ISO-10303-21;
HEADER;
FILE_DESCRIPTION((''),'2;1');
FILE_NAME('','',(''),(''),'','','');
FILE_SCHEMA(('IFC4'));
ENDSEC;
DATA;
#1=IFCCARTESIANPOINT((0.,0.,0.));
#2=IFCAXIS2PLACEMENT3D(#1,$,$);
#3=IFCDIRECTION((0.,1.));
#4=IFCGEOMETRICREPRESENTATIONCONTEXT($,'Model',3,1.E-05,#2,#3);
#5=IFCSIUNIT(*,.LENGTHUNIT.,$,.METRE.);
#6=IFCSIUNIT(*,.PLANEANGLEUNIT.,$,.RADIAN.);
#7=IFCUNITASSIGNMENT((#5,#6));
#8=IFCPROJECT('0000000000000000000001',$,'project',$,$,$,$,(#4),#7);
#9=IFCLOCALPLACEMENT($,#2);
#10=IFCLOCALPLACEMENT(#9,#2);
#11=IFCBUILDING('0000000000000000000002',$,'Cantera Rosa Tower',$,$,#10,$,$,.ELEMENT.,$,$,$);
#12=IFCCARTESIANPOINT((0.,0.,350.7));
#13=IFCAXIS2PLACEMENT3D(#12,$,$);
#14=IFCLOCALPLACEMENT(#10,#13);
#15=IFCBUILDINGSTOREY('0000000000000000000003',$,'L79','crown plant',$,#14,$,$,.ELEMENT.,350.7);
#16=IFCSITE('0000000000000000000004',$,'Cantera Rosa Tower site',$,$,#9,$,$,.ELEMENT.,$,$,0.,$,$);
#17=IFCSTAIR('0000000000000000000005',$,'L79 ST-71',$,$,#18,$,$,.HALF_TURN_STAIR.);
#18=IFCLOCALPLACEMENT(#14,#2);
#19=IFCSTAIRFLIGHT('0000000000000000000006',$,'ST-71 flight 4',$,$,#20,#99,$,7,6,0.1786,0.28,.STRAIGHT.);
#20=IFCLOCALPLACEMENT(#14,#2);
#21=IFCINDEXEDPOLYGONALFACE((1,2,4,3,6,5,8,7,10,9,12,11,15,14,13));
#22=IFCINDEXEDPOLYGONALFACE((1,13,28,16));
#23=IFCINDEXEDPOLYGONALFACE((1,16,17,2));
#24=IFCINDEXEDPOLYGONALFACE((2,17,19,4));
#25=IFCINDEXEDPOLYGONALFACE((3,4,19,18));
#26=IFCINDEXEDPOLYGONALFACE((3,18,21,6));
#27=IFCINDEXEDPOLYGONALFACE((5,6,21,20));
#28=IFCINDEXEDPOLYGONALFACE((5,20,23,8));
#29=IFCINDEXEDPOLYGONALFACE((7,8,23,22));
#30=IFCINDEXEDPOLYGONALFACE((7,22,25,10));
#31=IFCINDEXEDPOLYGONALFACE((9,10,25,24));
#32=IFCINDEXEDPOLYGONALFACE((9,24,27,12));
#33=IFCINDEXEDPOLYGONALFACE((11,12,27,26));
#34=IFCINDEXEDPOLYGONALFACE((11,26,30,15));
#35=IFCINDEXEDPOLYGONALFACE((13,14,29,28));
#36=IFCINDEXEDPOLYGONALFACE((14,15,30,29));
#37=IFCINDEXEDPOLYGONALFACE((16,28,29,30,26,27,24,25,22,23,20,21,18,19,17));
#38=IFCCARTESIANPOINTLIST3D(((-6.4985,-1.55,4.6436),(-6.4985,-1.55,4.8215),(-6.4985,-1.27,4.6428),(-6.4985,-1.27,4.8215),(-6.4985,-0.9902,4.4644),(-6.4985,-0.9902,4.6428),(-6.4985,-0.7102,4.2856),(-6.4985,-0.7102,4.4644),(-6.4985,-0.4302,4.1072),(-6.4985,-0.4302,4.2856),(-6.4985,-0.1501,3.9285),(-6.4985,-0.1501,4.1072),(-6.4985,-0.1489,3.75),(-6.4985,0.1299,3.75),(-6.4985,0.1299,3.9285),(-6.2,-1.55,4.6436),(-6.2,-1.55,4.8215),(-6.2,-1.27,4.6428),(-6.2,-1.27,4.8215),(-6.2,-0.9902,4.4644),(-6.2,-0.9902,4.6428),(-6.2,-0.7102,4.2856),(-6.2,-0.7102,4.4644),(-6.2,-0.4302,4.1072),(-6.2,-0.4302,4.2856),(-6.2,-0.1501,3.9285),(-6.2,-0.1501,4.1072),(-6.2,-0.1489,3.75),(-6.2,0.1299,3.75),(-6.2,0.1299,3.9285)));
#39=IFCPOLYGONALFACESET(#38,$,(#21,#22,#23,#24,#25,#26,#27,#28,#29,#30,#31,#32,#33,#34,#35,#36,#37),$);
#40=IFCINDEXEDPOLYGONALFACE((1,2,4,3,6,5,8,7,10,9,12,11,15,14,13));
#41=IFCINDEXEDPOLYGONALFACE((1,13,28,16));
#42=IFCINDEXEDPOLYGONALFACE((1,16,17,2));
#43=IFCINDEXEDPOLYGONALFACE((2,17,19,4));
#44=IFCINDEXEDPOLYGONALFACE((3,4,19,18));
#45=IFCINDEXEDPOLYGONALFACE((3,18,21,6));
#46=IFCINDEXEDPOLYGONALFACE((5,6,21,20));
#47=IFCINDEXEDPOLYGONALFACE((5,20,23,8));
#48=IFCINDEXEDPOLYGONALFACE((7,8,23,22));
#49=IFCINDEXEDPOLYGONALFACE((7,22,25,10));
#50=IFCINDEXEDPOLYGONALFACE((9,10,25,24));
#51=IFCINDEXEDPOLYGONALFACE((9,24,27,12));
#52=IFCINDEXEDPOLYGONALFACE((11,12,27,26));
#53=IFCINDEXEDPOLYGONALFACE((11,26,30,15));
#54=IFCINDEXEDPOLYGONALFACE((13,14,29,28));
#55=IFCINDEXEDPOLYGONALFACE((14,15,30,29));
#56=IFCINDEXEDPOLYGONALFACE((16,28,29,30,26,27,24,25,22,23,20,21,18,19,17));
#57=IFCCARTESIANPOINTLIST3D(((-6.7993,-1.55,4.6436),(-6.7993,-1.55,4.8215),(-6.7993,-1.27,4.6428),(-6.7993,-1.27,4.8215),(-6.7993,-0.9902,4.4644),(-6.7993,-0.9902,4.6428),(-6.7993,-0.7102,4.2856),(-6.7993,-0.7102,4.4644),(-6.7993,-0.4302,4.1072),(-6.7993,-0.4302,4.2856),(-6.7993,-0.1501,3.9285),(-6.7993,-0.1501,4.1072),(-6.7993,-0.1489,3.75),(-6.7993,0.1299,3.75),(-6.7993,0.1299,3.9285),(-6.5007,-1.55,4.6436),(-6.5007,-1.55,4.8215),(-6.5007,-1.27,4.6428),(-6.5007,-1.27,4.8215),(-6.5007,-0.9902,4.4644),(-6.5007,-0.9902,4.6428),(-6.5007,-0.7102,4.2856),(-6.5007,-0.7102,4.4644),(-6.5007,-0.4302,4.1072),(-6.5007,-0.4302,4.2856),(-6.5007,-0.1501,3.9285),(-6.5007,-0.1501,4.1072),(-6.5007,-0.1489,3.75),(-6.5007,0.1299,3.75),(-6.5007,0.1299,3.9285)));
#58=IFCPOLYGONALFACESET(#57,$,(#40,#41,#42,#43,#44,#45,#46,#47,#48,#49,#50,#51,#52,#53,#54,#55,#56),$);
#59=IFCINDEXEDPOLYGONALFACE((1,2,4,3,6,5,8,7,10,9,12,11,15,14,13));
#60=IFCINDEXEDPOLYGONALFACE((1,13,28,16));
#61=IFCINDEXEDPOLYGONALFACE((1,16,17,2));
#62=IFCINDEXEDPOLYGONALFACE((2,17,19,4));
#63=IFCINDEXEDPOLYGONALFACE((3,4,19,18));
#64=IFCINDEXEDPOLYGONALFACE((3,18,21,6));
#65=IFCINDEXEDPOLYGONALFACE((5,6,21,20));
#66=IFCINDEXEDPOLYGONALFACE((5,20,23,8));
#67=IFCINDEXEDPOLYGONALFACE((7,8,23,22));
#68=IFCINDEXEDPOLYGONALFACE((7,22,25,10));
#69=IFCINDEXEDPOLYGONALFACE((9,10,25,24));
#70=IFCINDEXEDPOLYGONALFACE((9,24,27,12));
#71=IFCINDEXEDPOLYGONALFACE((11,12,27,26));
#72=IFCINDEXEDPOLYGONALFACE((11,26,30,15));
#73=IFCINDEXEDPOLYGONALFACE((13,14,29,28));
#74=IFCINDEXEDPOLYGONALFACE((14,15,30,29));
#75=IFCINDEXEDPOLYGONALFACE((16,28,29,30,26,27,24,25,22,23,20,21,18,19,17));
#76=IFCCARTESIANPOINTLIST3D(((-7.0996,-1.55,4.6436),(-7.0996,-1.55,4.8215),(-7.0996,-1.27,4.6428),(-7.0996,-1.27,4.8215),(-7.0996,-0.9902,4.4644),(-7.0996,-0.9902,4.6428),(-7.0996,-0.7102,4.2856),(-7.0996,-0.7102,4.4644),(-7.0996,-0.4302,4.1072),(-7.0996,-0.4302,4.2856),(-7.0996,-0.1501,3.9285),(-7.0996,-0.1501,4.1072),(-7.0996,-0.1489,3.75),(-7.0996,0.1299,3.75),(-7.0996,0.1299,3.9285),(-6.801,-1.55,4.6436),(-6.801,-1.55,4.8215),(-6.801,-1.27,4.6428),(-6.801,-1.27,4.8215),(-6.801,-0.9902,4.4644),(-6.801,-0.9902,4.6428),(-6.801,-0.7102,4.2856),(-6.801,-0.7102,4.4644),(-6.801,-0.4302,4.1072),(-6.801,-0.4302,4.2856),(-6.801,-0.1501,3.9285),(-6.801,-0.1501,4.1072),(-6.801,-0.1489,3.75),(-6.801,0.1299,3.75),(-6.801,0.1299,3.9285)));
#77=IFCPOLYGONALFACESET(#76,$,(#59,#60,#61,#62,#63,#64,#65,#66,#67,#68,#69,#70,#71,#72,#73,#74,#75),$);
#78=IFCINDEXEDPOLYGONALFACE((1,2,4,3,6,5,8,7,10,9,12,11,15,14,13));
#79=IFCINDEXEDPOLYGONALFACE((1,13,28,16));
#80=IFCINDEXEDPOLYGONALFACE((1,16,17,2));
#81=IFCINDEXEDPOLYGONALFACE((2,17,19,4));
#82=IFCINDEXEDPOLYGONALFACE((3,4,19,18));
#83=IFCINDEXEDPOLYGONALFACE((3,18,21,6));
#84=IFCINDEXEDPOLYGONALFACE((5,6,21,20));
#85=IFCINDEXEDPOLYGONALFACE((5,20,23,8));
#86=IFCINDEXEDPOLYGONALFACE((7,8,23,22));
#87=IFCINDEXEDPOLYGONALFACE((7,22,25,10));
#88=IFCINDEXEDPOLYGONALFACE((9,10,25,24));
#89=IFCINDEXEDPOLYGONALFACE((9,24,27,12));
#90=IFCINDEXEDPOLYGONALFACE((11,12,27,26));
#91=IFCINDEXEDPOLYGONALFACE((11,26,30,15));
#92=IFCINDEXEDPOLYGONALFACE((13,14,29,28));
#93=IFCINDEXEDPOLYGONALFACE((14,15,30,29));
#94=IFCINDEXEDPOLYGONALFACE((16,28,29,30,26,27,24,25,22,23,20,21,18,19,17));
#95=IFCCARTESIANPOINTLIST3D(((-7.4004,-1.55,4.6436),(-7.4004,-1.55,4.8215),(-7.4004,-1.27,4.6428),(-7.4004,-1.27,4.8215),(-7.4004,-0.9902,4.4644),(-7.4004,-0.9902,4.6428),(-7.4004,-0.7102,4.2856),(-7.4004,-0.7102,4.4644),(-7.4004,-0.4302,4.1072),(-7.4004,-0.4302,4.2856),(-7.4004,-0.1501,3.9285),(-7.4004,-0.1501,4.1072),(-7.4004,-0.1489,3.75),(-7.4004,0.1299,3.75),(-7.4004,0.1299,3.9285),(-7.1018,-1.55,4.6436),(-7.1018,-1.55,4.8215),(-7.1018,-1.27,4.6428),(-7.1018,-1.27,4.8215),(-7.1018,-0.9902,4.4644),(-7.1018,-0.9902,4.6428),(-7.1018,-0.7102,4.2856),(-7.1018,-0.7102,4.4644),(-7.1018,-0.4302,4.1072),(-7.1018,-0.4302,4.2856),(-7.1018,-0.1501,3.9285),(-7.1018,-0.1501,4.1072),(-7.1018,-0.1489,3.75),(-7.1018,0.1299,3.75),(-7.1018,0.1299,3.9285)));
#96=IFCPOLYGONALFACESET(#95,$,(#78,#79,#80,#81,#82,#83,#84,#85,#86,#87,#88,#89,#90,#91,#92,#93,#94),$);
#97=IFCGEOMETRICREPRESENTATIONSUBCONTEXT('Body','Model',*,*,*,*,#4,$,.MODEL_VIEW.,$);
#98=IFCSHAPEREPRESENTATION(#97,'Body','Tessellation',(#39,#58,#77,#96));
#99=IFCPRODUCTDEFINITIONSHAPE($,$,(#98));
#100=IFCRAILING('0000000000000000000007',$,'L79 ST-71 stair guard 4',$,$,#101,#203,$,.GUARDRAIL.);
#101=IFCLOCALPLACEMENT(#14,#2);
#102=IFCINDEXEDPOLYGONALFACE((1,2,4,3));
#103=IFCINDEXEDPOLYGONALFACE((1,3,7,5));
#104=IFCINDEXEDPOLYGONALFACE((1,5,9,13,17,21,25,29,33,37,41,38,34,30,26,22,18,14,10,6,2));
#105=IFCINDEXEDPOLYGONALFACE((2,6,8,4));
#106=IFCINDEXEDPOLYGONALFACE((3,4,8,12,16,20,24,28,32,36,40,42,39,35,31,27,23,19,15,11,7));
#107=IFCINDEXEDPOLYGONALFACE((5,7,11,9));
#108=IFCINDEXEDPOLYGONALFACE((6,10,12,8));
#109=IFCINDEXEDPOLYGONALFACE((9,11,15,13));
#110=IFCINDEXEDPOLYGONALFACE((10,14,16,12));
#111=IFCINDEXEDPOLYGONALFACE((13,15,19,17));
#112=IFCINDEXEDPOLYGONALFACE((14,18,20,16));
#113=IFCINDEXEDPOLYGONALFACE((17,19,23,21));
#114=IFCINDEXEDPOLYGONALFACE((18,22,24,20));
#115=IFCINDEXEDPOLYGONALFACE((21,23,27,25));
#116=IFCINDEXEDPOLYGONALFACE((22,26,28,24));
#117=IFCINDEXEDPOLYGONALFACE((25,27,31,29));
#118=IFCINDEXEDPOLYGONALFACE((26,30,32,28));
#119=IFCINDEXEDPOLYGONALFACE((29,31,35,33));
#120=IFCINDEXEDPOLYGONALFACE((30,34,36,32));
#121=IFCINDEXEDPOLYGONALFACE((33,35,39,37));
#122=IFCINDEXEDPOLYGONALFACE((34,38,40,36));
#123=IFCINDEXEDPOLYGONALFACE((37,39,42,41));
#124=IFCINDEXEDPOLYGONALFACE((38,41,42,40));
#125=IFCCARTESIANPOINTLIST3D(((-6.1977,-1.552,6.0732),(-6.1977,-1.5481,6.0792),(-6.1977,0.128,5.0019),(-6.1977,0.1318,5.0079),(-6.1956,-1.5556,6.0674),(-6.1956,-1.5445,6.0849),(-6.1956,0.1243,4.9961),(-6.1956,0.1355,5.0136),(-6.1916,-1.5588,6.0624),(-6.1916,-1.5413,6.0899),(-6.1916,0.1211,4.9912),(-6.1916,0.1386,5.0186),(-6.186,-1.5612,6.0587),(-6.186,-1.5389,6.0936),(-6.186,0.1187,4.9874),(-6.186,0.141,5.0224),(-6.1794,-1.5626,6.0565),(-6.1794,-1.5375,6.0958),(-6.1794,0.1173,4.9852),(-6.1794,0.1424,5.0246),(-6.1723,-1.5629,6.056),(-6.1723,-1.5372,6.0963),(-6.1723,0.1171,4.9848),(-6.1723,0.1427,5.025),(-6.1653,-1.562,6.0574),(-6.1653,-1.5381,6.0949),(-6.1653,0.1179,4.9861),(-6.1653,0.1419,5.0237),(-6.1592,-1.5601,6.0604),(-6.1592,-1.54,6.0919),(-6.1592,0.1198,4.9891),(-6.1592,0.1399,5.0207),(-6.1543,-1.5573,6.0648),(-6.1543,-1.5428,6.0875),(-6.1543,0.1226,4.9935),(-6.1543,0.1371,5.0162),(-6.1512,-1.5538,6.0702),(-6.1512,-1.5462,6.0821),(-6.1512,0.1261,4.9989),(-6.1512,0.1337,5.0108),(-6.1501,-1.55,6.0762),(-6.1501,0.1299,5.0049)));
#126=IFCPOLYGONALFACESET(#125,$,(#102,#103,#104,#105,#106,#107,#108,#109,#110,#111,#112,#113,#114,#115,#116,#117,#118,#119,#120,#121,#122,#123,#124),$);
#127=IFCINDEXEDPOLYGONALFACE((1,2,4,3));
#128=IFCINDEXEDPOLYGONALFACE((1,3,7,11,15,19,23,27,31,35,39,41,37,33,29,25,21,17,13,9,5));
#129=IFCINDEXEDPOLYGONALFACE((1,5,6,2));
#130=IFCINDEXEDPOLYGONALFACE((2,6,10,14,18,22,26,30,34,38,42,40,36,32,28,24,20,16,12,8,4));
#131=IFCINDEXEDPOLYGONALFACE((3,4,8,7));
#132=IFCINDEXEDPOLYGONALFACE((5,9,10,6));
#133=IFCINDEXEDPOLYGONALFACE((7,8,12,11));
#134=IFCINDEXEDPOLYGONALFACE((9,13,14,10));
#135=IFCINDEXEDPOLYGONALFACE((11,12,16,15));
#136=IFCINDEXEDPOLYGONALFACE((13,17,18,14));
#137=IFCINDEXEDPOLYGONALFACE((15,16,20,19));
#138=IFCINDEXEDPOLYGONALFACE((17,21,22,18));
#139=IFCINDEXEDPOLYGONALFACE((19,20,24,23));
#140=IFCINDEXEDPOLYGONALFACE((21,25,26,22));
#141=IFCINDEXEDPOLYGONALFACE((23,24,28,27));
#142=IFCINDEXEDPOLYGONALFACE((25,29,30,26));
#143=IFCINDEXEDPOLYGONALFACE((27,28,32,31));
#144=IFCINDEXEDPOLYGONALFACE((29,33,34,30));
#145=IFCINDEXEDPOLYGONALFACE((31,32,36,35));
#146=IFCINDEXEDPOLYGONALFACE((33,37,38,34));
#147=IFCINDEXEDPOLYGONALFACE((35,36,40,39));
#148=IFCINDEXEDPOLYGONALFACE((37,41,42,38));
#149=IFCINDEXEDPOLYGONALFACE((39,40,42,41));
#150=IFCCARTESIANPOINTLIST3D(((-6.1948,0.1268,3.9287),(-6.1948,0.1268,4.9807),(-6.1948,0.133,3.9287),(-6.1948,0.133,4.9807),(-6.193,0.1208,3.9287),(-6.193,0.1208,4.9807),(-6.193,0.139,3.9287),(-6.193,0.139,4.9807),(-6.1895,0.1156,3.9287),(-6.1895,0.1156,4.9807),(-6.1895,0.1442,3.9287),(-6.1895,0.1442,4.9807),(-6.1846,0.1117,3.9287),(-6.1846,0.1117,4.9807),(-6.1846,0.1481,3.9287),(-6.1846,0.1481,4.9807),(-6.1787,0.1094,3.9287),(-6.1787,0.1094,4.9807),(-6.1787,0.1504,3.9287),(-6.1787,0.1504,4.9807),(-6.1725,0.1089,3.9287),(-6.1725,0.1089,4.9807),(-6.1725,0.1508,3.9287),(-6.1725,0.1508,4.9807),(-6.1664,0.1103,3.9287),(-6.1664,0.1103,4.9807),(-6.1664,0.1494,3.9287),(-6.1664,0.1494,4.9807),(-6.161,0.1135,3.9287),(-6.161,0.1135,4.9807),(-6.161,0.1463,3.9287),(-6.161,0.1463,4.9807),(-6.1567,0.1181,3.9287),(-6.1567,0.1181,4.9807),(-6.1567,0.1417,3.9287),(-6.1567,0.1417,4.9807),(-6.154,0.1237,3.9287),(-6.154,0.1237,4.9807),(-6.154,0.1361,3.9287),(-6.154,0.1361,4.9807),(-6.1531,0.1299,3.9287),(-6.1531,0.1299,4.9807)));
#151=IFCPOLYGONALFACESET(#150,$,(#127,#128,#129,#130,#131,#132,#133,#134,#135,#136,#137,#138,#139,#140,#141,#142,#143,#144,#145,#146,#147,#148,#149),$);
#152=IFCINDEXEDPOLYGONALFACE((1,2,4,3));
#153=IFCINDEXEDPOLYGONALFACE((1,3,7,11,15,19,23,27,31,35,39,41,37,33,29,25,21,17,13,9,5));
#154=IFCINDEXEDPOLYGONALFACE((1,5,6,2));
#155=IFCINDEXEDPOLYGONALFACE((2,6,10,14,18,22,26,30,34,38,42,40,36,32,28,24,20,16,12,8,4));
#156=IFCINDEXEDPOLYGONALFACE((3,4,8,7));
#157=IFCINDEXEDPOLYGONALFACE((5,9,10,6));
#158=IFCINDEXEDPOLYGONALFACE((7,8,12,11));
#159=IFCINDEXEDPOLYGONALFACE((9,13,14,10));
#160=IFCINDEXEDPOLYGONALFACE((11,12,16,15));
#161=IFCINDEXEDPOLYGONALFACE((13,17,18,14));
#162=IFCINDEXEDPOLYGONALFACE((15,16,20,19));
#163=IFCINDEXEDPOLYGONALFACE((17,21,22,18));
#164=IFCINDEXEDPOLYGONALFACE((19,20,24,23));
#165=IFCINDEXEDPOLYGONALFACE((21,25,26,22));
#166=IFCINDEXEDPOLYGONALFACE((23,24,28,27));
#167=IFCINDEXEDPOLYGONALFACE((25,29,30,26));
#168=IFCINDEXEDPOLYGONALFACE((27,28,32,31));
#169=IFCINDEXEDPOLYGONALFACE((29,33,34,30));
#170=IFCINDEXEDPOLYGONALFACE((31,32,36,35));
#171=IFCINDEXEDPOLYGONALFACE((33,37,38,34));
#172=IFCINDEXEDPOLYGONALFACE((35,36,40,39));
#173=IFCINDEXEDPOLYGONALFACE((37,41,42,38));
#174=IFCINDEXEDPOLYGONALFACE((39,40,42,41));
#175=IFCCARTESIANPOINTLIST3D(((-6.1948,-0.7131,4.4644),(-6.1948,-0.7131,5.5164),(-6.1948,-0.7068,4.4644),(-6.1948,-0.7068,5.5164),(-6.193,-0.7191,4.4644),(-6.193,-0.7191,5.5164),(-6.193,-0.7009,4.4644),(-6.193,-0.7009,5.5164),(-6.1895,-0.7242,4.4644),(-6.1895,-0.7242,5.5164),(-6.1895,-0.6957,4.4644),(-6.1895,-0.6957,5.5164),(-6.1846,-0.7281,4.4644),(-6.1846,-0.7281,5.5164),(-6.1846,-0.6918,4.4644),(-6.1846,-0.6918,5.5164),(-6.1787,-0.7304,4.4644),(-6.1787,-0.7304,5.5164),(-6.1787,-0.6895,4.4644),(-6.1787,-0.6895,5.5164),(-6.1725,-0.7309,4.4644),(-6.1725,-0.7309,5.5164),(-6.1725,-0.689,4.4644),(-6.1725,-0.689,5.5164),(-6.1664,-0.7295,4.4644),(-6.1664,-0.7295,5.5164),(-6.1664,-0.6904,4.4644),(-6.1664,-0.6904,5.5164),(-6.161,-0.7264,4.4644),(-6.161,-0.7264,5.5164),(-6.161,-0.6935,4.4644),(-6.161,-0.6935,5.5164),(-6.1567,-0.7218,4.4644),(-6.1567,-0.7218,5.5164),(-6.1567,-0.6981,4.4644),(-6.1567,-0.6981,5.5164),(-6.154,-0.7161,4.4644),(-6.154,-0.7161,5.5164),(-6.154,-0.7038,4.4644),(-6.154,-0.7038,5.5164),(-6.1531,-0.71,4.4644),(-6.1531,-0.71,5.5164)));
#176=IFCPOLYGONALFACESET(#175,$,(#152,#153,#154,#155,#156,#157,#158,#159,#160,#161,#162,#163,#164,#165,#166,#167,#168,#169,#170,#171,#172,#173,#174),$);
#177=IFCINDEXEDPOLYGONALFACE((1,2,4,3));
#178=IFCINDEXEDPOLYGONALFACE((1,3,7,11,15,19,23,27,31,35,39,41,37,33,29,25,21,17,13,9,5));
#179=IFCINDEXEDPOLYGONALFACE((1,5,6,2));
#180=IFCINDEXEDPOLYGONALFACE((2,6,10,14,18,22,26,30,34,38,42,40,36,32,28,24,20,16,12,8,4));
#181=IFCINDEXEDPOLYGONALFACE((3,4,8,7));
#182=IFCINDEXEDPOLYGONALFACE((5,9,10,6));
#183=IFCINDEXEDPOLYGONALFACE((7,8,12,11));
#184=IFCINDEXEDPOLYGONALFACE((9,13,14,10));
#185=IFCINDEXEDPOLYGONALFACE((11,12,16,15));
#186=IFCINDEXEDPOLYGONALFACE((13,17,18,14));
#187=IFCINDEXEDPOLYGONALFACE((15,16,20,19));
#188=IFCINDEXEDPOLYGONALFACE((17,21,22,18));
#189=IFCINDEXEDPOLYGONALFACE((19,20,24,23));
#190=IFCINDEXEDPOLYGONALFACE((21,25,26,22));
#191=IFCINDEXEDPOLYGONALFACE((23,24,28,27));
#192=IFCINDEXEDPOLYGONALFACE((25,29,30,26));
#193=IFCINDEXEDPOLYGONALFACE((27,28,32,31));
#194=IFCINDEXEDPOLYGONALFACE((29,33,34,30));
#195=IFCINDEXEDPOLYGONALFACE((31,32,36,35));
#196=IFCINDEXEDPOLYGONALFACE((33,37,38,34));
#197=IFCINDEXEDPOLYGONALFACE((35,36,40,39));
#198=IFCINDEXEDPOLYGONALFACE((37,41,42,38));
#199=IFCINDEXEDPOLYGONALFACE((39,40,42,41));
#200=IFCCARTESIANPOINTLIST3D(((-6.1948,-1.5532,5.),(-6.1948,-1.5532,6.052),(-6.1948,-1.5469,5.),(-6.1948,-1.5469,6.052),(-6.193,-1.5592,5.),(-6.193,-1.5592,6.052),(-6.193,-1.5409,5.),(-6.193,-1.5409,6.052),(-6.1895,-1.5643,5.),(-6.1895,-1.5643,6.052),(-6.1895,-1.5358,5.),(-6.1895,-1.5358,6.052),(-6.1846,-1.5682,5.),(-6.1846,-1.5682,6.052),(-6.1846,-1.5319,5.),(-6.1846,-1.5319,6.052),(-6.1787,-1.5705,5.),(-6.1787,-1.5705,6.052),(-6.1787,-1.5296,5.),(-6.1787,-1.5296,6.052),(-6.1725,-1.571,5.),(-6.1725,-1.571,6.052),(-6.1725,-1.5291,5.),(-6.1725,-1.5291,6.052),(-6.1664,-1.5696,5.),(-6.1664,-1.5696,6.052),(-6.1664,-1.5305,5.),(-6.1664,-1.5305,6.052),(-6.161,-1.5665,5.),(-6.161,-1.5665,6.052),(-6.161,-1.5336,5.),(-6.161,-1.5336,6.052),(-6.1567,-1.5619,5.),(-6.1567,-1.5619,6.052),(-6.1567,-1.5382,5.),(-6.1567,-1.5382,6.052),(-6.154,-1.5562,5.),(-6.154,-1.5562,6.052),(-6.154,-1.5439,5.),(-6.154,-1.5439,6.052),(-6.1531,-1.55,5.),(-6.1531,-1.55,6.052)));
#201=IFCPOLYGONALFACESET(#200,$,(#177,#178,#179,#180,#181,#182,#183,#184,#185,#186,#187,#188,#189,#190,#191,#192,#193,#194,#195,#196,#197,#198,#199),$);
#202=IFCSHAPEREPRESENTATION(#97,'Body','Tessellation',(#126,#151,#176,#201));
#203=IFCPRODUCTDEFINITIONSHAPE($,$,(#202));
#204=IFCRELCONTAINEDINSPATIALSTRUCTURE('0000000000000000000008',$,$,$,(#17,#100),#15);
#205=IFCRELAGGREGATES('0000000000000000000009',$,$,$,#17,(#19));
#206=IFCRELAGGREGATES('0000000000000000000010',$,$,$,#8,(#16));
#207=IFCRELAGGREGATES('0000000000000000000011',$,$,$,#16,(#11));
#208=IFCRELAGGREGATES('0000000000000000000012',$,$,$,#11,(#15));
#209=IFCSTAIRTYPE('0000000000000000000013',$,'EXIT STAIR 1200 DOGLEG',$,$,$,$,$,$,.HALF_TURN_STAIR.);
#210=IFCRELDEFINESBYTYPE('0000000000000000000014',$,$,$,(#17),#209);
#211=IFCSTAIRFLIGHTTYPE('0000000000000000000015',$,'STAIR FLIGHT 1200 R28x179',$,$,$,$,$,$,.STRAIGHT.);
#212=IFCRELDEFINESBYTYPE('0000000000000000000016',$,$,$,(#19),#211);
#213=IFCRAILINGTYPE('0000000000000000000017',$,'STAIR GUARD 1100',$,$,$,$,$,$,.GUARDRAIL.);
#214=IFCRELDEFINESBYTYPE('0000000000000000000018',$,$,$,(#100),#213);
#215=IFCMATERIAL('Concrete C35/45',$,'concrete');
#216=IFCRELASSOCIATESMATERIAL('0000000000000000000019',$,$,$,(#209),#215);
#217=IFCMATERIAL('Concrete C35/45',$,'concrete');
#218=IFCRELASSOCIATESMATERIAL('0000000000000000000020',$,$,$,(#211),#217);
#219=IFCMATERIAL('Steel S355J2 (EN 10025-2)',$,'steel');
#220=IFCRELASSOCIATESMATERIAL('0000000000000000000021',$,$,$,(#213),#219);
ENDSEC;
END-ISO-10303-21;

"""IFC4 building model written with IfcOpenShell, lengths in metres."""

from ifc_helpers import new_model, si_unit, direction, frame, origin, origin_2d, place, context, subcontext, project, spatial, polyline, circle, outline, extrude, material, type_object, element, aggregate, save


model = new_model("IFC4")

# Units and contexts
model_context = context("Model", 3, precision=1e-05, world=origin(), true_north=direction((0.0, 1.0)))
body_context = subcontext(model_context, "Body", "Model", "MODEL_VIEW")
ifc_project = project(units=[si_unit("LENGTHUNIT", "METRE"), si_unit("PLANEANGLEUNIT", "RADIAN")], contexts=[model_context])

# Site, building, storey
site_placement = place(None, origin())
site = spatial("IfcSite", under=ifc_project, at=site_placement, Name="Cantera Rosa Tower site", CompositionType="ELEMENT", RefElevation=0.0)
building_placement = place(site_placement, origin())
building = spatial("IfcBuilding", under=site, at=building_placement, Name="Cantera Rosa Tower", CompositionType="ELEMENT")
storey_placement = place(building_placement, frame((0.0, 0.0, 350.7)))
storey = spatial("IfcBuildingStorey", under=building, at=storey_placement, Name="L79", Description="crown plant", CompositionType="ELEMENT", Elevation=350.7)

# Stair, stair flight
ifc_material_1 = material(Name="Concrete C35/45", Category="concrete")
stair_type = type_object("IfcStairType", Name="EXIT STAIR 1200 DOGLEG", PredefinedType="HALF_TURN_STAIR", material=ifc_material_1)
stair_placement = place(storey_placement, origin())
stair = element("IfcStair", 1, at=stair_placement, inside=storey, type_object=stair_type, Name="L79 ST-71", PredefinedType="HALF_TURN_STAIR")
ifc_material_2 = material(Name="Concrete C35/45", Category="concrete")
stair_flight_type = type_object("IfcStairFlightType", Name="STAIR FLIGHT 1200 R28x179", PredefinedType="STRAIGHT", material=ifc_material_2)
stair_flight_1_placement = place(storey_placement, frame((-6.8, 0.1299, 3.75), z_axis=(0.0, 0.0, 1.0), x_axis=(0.0, -1.0, 0.0)))
stair_flight_1 = element("IfcStairFlight", 2, at=stair_flight_1_placement, type_object=stair_flight_type, Name="ST-71 flight 4", NumberOfRisers=7, NumberOfTreads=6, PredefinedType="STRAIGHT", RiserHeight=0.1786, TreadLength=0.28, context=body_context, shape_type="SweptSolid", body=[
    extrude(outline(polyline([(0.0, 0.0), (0.0, 0.1785), (0.28, 0.1785), (0.28, 0.3572), (0.5601, 0.3572), (0.5601, 0.5356), (0.8401, 0.5356), (0.8401, 0.7144), (1.1201, 0.7144), (1.1201, 0.8928), (1.3999, 0.8928), (1.3999, 1.0715), (1.6799, 1.0715), (1.6799, 1.25), (1.6799, 0.8936), (0.2788, 0.0), (0.0, 0.0)])), frame((0.0, 0.6001, 0.0), z_axis=(0.0, -1.0, 0.0), x_axis=(1.0, 0.0, 0.0)), (0.0, 0.0, 1.0), 0.2986),
    extrude(outline(polyline([(0.0, 0.0), (0.0, 0.1785), (0.28, 0.1785), (0.28, 0.3572), (0.5601, 0.3572), (0.5601, 0.5356), (0.8401, 0.5356), (0.8401, 0.7144), (1.1201, 0.7144), (1.1201, 0.8928), (1.3999, 0.8928), (1.3999, 1.0715), (1.6799, 1.0715), (1.6799, 1.25), (1.6799, 0.8936), (0.2788, 0.0), (0.0, 0.0)])), frame((0.0, 0.2993, 0.0), z_axis=(0.0, -1.0, 0.0), x_axis=(1.0, 0.0, 0.0)), (0.0, 0.0, 1.0), 0.2986),
    extrude(outline(polyline([(0.0, 0.0), (0.0, 0.1785), (0.28, 0.1785), (0.28, 0.3572), (0.5601, 0.3572), (0.5601, 0.5356), (0.8401, 0.5356), (0.8401, 0.7144), (1.1201, 0.7144), (1.1201, 0.8928), (1.3999, 0.8928), (1.3999, 1.0715), (1.6799, 1.0715), (1.6799, 1.25), (1.6799, 0.8936), (0.2788, 0.0), (0.0, 0.0)])), frame((0.0, -0.001, 0.0), z_axis=(0.0, -1.0, 0.0), x_axis=(1.0, 0.0, 0.0)), (0.0, 0.0, 1.0), 0.2986),
    extrude(outline(polyline([(0.0, 0.0), (0.0, 0.1785), (0.28, 0.1785), (0.28, 0.3572), (0.5601, 0.3572), (0.5601, 0.5356), (0.8401, 0.5356), (0.8401, 0.7144), (1.1201, 0.7144), (1.1201, 0.8928), (1.3999, 0.8928), (1.3999, 1.0715), (1.6799, 1.0715), (1.6799, 1.25), (1.6799, 0.8936), (0.2788, 0.0), (0.0, 0.0)])), frame((0.0, -0.3018, 0.0), z_axis=(0.0, -1.0, 0.0), x_axis=(1.0, 0.0, 0.0)), (0.0, 0.0, 1.0), 0.2986),
])
aggregate(stair, [stair_flight_1])

# Railing
ifc_material_3 = material(Name="Steel S355J2 (EN 10025-2)", Category="steel")
railing_type_1 = type_object("IfcRailingType", Name="STAIR GUARD 1100", PredefinedType="GUARDRAIL", material=ifc_material_3)
railing_1_placement = place(storey_placement, frame((-6.1741, 0.1299, 3.9287)))
element("IfcRailing", 3, at=railing_1_placement, inside=storey, type_object=railing_type_1, Name="L79 ST-71 stair guard 4", PredefinedType="GUARDRAIL", context=body_context, shape_type="SweptSolid", body=[
    extrude(circle(Radius=0.0239, at=origin_2d()), frame((0.0, 0.0, 1.0762), z_axis=(0.0, -0.843152, 0.537676), x_axis=(1.0, 0.0, 0.0)), (0.0, 0.0, 1.0), 1.9924),
    extrude(circle(Radius=0.021, at=origin_2d()), origin(), (0.0, 0.0, 1.0), 1.052),
    extrude(circle(Radius=0.021, at=origin_2d()), frame((0.0, -0.8398, 0.5356)), (0.0, 0.0, 1.0), 1.052),
    extrude(circle(Radius=0.021, at=origin_2d()), frame((0.0, -1.6799, 1.0713)), (0.0, 0.0, 1.0), 1.052),
])

save(model, "model.ifc")
